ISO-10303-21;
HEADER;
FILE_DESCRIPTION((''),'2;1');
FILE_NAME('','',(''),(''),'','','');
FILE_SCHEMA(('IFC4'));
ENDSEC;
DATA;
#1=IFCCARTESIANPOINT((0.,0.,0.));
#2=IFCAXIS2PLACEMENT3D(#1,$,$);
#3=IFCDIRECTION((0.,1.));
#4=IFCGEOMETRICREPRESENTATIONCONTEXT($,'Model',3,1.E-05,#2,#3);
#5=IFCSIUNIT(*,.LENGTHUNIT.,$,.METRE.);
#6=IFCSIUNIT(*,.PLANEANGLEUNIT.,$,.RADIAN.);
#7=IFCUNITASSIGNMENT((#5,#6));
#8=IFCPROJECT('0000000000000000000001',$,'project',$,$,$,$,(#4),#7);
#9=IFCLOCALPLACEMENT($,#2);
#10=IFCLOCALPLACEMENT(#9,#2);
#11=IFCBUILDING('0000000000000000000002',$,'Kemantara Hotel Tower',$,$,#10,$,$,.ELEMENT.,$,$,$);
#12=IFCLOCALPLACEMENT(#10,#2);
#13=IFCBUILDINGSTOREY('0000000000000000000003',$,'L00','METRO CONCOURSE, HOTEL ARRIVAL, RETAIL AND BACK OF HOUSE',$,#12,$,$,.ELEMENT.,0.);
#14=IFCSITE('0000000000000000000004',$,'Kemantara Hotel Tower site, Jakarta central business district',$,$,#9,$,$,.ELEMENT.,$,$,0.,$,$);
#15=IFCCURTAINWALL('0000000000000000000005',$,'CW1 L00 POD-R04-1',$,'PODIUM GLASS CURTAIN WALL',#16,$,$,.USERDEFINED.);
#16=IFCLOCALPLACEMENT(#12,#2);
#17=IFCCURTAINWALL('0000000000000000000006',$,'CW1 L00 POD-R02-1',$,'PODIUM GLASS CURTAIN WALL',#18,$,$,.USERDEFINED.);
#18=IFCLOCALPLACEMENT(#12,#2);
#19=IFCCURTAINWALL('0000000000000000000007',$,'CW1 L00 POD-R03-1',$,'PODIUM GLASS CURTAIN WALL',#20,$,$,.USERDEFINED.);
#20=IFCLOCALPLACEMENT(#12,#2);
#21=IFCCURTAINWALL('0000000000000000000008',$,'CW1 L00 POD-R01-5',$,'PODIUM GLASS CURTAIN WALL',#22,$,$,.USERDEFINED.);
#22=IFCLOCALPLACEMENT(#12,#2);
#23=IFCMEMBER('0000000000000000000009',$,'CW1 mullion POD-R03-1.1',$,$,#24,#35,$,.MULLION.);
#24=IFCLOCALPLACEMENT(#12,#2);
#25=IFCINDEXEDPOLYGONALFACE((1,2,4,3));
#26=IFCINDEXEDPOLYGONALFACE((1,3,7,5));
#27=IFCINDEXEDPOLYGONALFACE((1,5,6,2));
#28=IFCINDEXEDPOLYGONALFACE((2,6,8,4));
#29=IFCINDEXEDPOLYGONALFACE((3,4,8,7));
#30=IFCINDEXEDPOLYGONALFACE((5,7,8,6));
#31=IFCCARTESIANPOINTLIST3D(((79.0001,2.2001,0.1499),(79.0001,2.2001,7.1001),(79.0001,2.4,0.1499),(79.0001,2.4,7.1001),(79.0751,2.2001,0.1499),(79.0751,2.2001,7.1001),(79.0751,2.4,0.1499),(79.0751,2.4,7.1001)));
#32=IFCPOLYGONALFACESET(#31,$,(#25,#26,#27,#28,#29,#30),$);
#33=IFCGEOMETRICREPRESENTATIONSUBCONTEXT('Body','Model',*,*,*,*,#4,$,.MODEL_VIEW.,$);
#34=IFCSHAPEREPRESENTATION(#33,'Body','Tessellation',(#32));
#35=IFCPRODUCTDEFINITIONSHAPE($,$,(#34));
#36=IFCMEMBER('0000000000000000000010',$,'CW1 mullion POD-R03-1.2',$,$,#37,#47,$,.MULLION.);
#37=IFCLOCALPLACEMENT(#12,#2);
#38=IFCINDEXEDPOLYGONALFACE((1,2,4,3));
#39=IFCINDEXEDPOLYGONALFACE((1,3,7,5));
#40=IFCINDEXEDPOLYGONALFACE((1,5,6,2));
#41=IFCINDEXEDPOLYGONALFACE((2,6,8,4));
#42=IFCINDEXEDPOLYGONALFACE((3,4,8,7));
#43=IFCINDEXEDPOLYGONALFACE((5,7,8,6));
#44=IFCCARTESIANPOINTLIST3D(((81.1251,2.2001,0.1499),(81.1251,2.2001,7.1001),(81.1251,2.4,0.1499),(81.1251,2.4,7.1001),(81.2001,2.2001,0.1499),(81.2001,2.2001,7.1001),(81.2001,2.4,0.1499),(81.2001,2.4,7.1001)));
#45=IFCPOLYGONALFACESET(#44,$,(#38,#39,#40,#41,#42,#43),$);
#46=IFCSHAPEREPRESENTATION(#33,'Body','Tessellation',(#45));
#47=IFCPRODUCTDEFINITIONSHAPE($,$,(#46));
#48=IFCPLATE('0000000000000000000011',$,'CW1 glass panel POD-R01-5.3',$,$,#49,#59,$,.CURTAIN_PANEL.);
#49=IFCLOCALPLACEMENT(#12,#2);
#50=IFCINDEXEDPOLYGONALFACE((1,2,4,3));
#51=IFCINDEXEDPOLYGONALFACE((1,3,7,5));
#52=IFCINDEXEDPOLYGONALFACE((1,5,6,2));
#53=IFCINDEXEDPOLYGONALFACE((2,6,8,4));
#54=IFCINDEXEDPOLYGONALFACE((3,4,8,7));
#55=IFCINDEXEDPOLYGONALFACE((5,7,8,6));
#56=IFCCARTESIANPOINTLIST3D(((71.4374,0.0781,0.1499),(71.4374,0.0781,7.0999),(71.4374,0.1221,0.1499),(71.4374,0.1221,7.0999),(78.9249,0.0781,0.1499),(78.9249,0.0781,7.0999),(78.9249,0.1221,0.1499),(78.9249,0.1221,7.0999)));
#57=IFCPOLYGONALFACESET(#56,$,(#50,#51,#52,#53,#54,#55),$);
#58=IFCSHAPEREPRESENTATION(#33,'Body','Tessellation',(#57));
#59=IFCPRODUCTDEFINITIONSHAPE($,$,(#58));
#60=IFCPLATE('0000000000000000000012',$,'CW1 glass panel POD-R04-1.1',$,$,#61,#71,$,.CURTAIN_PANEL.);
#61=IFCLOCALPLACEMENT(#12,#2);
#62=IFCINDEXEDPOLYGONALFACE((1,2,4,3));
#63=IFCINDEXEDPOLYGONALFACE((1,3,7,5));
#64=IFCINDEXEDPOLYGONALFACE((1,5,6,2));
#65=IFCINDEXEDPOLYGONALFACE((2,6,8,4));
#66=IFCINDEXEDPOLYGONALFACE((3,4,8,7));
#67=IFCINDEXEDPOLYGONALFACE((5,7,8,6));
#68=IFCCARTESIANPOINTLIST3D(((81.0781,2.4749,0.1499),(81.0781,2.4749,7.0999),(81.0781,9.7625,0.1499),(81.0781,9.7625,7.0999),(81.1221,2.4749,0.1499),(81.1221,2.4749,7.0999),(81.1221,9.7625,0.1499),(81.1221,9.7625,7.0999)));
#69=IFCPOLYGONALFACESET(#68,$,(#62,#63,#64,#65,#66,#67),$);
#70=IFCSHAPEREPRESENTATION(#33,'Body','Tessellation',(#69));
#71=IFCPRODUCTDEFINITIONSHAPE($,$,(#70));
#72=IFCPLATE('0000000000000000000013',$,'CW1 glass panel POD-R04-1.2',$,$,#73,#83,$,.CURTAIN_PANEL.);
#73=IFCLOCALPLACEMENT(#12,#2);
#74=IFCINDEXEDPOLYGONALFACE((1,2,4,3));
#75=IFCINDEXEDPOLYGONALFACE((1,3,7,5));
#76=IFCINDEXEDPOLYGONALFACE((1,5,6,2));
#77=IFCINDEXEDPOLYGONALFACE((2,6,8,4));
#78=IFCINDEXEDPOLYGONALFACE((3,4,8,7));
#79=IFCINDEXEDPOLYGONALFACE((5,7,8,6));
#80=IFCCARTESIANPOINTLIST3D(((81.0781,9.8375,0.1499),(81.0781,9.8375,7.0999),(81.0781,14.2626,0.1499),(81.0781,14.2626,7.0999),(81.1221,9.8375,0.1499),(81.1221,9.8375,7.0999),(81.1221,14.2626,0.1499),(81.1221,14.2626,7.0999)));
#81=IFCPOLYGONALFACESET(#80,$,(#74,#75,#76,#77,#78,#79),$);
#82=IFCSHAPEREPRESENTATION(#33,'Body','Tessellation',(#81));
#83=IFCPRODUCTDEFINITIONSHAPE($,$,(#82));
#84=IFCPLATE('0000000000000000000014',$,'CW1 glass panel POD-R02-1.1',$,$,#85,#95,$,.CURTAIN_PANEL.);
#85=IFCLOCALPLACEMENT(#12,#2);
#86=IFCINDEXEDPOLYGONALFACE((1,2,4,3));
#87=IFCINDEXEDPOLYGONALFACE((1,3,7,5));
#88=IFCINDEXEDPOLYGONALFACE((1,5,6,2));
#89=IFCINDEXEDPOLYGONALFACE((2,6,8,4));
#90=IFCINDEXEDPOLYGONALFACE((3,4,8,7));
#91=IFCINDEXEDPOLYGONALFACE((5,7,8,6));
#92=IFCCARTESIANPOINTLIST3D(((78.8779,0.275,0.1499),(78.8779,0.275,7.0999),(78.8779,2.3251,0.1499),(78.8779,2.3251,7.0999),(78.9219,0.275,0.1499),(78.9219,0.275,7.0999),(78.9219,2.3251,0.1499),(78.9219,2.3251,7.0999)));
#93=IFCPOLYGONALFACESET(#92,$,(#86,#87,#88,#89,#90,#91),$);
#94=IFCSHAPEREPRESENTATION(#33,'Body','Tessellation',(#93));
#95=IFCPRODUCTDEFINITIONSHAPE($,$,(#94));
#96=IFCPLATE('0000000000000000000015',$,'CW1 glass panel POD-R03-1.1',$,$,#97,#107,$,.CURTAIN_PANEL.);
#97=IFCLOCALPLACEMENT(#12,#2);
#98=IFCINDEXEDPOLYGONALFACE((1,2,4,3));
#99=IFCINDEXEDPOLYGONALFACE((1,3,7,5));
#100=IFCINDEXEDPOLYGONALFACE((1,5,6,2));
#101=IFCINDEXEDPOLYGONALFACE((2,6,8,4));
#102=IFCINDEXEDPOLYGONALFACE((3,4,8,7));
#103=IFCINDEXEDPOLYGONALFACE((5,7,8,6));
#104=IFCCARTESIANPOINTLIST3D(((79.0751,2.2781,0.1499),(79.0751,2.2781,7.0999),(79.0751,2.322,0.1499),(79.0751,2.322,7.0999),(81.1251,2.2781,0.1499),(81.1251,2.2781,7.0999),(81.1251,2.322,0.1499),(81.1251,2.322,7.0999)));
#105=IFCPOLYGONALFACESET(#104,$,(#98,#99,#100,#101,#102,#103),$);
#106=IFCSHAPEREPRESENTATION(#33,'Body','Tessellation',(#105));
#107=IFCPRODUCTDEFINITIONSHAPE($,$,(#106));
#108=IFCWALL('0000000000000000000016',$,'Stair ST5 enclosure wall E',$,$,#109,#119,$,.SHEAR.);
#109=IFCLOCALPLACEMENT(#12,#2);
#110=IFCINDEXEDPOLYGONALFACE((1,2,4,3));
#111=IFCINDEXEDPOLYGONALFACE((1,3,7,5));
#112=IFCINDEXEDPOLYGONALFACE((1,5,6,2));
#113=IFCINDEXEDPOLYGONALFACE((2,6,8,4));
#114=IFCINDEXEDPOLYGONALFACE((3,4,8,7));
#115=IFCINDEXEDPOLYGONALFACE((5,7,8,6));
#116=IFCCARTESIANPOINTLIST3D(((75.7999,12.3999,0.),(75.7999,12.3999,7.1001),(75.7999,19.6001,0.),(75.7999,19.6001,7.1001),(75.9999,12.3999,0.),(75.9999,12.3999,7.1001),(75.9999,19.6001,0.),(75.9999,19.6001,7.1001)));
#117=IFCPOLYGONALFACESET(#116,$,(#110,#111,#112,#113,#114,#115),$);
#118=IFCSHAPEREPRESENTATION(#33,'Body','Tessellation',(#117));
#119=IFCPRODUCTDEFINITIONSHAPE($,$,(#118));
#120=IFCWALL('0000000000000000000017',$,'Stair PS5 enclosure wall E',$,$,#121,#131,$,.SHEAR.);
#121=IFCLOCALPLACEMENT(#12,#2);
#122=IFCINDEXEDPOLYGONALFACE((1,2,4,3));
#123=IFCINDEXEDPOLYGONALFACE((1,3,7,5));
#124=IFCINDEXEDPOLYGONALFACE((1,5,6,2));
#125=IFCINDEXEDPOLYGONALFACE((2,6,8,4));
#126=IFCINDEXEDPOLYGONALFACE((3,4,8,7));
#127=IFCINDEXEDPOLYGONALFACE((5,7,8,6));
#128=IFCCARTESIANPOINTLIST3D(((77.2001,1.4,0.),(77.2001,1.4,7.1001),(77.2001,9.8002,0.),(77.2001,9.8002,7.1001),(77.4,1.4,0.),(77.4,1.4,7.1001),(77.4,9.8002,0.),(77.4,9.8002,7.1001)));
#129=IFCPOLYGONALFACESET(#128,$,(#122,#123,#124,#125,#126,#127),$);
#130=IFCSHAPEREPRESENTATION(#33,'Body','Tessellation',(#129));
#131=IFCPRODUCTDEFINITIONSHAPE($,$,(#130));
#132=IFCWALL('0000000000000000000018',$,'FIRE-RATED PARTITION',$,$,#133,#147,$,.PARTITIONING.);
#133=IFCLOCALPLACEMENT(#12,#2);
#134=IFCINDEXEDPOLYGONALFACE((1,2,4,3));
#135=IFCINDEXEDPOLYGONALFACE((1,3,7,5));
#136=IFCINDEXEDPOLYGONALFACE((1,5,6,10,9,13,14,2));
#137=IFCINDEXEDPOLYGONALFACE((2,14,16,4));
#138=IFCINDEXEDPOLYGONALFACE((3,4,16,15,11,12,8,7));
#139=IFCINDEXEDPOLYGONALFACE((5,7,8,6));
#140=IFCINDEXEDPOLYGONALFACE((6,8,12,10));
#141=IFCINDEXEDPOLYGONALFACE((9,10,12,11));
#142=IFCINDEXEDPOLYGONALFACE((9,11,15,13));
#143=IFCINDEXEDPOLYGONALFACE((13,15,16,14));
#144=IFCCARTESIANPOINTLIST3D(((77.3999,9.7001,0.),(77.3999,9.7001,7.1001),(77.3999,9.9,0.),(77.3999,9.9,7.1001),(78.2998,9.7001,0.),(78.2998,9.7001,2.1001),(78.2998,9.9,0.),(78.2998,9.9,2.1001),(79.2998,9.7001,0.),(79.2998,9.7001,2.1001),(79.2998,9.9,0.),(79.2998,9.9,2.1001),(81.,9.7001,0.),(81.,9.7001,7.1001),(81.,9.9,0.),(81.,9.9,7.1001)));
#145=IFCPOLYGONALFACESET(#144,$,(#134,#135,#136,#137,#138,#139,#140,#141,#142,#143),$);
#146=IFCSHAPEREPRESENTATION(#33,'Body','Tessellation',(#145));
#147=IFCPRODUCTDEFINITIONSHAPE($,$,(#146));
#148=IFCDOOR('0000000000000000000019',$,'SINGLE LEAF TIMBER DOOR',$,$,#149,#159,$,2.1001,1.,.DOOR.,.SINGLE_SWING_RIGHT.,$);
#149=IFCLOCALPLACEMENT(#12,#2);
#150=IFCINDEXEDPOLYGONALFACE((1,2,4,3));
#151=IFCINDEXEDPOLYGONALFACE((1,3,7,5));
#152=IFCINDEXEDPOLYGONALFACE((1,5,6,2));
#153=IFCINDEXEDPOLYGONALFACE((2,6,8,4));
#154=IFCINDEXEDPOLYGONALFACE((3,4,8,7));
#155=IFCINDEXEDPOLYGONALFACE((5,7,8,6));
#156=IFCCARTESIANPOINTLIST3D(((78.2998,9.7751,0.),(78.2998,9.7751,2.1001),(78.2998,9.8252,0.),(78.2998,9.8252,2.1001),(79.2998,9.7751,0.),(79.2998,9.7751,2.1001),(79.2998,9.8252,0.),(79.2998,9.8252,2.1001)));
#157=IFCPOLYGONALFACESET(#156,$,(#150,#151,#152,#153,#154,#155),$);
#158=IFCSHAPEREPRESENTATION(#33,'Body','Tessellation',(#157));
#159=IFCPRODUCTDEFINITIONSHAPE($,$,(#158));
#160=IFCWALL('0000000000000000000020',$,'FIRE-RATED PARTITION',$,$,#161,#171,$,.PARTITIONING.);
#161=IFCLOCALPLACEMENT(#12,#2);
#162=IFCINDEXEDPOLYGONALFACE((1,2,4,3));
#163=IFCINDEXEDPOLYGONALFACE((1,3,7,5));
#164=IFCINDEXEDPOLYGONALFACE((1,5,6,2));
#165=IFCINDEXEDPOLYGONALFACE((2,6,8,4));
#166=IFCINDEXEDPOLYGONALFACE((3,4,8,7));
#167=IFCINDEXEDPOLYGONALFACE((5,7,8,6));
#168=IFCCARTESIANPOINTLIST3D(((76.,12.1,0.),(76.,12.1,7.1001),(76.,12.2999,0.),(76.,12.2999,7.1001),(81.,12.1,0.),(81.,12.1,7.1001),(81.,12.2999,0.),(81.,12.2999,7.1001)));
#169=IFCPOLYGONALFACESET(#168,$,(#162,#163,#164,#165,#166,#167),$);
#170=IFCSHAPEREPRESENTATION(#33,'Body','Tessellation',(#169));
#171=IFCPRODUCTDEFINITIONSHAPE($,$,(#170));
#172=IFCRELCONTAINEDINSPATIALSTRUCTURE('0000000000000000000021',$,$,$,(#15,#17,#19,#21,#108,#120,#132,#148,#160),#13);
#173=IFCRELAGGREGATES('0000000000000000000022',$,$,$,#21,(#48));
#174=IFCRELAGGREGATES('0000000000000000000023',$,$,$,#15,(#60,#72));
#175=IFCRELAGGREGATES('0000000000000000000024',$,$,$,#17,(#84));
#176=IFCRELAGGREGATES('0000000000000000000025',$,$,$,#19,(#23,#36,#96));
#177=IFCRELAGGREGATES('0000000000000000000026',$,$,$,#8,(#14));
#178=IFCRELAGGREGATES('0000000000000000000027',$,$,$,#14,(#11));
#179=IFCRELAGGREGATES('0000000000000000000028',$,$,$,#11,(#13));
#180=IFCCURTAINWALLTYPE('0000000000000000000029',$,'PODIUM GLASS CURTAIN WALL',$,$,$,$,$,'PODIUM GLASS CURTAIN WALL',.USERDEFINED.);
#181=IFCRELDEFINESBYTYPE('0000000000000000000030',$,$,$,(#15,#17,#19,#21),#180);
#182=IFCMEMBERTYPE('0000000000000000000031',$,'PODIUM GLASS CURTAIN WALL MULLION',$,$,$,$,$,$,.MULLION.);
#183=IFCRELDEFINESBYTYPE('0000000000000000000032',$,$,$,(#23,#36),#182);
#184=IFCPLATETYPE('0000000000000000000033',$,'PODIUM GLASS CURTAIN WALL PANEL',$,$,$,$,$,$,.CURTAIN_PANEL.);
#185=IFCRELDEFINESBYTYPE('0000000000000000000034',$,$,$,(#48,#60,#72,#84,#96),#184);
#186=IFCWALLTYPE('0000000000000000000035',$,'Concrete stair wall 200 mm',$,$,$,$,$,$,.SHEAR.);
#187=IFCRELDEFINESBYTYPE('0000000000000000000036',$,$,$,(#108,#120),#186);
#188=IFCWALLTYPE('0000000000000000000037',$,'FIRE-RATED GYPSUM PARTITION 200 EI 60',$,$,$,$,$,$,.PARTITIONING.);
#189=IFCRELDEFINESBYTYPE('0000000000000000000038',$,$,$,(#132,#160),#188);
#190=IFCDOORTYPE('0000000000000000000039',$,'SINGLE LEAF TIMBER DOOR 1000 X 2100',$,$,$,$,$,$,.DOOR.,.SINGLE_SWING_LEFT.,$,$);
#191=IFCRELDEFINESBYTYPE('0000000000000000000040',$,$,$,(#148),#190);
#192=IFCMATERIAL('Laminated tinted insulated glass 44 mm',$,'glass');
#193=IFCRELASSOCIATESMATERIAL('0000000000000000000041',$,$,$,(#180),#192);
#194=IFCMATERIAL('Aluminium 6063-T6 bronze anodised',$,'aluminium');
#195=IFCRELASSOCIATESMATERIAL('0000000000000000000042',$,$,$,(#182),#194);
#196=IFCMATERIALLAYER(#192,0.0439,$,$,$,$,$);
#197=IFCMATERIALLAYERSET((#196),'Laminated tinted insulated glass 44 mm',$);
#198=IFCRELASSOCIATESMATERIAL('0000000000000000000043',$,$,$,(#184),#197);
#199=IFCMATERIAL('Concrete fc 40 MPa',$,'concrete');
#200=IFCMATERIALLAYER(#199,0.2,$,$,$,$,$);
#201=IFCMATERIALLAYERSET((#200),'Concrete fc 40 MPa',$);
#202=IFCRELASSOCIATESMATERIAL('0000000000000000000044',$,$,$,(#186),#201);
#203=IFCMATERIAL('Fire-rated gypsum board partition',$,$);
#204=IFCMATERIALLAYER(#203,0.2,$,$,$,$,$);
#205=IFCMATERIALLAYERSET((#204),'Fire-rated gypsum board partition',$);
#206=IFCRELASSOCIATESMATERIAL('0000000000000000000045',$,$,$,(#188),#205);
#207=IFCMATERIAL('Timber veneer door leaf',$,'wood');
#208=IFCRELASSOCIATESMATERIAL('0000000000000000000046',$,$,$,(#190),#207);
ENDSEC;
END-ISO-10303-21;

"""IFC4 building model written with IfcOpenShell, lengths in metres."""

from ifc_helpers import new_model, si_unit, direction, frame, frame_2d, origin, origin_2d, place, context, subcontext, project, spatial, rectangle, extrude, source, transform, mapped, material, layer, layer_set, material_profile, profile_set, type_object, element, fill, aggregate, save


model = new_model("IFC4")

# Units and contexts
model_context = context("Model", 3, precision=1e-05, world=origin(), true_north=direction((0.0, 1.0)))
body_context = subcontext(model_context, "Body", "Model", "MODEL_VIEW")
ifc_project = project(units=[si_unit("LENGTHUNIT", "METRE"), si_unit("PLANEANGLEUNIT", "RADIAN")], contexts=[model_context])

# Site, building, storey
site_placement = place(None, origin())
site = spatial("IfcSite", under=ifc_project, at=site_placement, Name="Kemantara Hotel Tower site, Jakarta central business district", CompositionType="ELEMENT", RefElevation=0.0)
building_placement = place(site_placement, origin())
building = spatial("IfcBuilding", under=site, at=building_placement, Name="Kemantara Hotel Tower", CompositionType="ELEMENT")
storey_placement = place(building_placement, origin())
storey = spatial("IfcBuildingStorey", under=building, at=storey_placement, Name="L00", Description="METRO CONCOURSE, HOTEL ARRIVAL, RETAIL AND BACK OF HOUSE", CompositionType="ELEMENT", Elevation=0.0)

# Curtain walls
ifc_material_1 = material(Name="Laminated tinted insulated glass 44 mm", Category="glass")
curtain_wall_type = type_object("IfcCurtainWallType", Name="PODIUM GLASS CURTAIN WALL", ElementType="PODIUM GLASS CURTAIN WALL", PredefinedType="USERDEFINED", material=ifc_material_1)
curtain_wall_1_placement = place(storey_placement, origin())
curtain_wall_1 = element("IfcCurtainWall", 1, at=curtain_wall_1_placement, inside=storey, type_object=curtain_wall_type, Name="CW1 L00 POD-R04-1", ObjectType="PODIUM GLASS CURTAIN WALL", PredefinedType="USERDEFINED")
ifc_material_2 = material(Name="Aluminium 6063-T6 bronze anodised", Category="aluminium")
curtain_wall_2_placement = place(storey_placement, origin())
curtain_wall_2 = element("IfcCurtainWall", 2, at=curtain_wall_2_placement, inside=storey, type_object=curtain_wall_type, Name="CW1 L00 POD-R02-1", ObjectType="PODIUM GLASS CURTAIN WALL", PredefinedType="USERDEFINED")
curtain_wall_3_placement = place(storey_placement, origin())
curtain_wall_3 = element("IfcCurtainWall", 3, at=curtain_wall_3_placement, inside=storey, type_object=curtain_wall_type, Name="CW1 L00 POD-R03-1", ObjectType="PODIUM GLASS CURTAIN WALL", PredefinedType="USERDEFINED")
curtain_wall_4_placement = place(storey_placement, origin())
curtain_wall_4 = element("IfcCurtainWall", 4, at=curtain_wall_4_placement, inside=storey, type_object=curtain_wall_type, Name="CW1 L00 POD-R01-5", ObjectType="PODIUM GLASS CURTAIN WALL", PredefinedType="USERDEFINED")
ifc_material_profile_1 = material_profile(ifc_material_2, rectangle(XDim=0.2, YDim=0.075, at=origin_2d()), Name="PODIUM GLASS CURTAIN WALL MULLION")
ifc_profile_set_1 = profile_set([ifc_material_profile_1], Name="Aluminium 6063-T6 bronze anodised")
member_type_1 = type_object("IfcMemberType", Name="PODIUM GLASS CURTAIN WALL MULLION", PredefinedType="MULLION", material=ifc_profile_set_1)
shared_shape_1 = source(origin(), body_context, "Body", "SweptSolid", [
    extrude(rectangle(XDim=0.2, YDim=0.075, at=origin_2d()), origin(), (0.0, 0.0, 1.0), 6.9502),
])

# Members
member_1_placement = place(storey_placement, frame((79.0376, 2.3, 0.1499), z_axis=(0.0, 0.0, 1.0), x_axis=(0.0, 1.0, 0.0)))
member_1 = element("IfcMember", 5, at=member_1_placement, type_object=member_type_1, Name="CW1 mullion POD-R03-1.1", PredefinedType="MULLION", context=body_context, shape_type="MappedRepresentation", body=[
    mapped(shared_shape_1, transform((0.0, 0.0, 0.0))),
])
member_2_placement = place(storey_placement, frame((81.1626, 2.3, 0.1499), z_axis=(0.0, 0.0, 1.0), x_axis=(0.0, 1.0, 0.0)))
member_2 = element("IfcMember", 6, at=member_2_placement, type_object=member_type_1, Name="CW1 mullion POD-R03-1.2", PredefinedType="MULLION", context=body_context, shape_type="MappedRepresentation", body=[
    mapped(shared_shape_1, transform((0.0, 0.0, 0.0))),
])

# Plates
ifc_layer_1 = layer(ifc_material_1, 0.0439)
ifc_layer_set_1 = layer_set([ifc_layer_1], Name="Laminated tinted insulated glass 44 mm")
plate_type = type_object("IfcPlateType", Name="PODIUM GLASS CURTAIN WALL PANEL", PredefinedType="CURTAIN_PANEL", material=ifc_layer_set_1)
shared_shape_2 = source(origin(), body_context, "Body", "SweptSolid", [
    extrude(rectangle(XDim=7.4875, YDim=0.0439, at=origin_2d()), origin(), (0.0, 0.0, 1.0), 6.95),
])
plate_1_placement = place(storey_placement, frame((75.1812, 0.1001, 0.1499), z_axis=(0.0, 0.0, 1.0), x_axis=(1.0, 0.0, 0.0)))
plate_1 = element("IfcPlate", 7, at=plate_1_placement, type_object=plate_type, Name="CW1 glass panel POD-R01-5.3", PredefinedType="CURTAIN_PANEL", context=body_context, shape_type="MappedRepresentation", body=[
    mapped(shared_shape_2, transform((0.0, 0.0, 0.0))),
])
aggregate(curtain_wall_4, [plate_1])
shared_shape_3 = source(origin(), body_context, "Body", "SweptSolid", [
    extrude(rectangle(XDim=7.2876, YDim=0.0439, at=origin_2d()), origin(), (0.0, 0.0, 1.0), 6.95),
])
plate_2_placement = place(storey_placement, frame((81.1001, 6.1187, 0.1499), z_axis=(0.0, 0.0, 1.0), x_axis=(0.0, 1.0, 0.0)))
plate_2 = element("IfcPlate", 8, at=plate_2_placement, type_object=plate_type, Name="CW1 glass panel POD-R04-1.1", PredefinedType="CURTAIN_PANEL", context=body_context, shape_type="MappedRepresentation", body=[
    mapped(shared_shape_3, transform((0.0, 0.0, 0.0))),
])
shared_shape_4 = source(origin(), body_context, "Body", "SweptSolid", [
    extrude(rectangle(XDim=4.425, YDim=0.0439, at=origin_2d()), origin(), (0.0, 0.0, 1.0), 6.95),
])
plate_3_placement = place(storey_placement, frame((81.1001, 12.05, 0.1499), z_axis=(0.0, 0.0, 1.0), x_axis=(0.0, 1.0, 0.0)))
plate_3 = element("IfcPlate", 9, at=plate_3_placement, type_object=plate_type, Name="CW1 glass panel POD-R04-1.2", PredefinedType="CURTAIN_PANEL", context=body_context, shape_type="MappedRepresentation", body=[
    mapped(shared_shape_4, transform((0.0, 0.0, 0.0))),
])
aggregate(curtain_wall_1, [plate_2, plate_3])
shared_shape_5 = source(origin(), body_context, "Body", "SweptSolid", [
    extrude(rectangle(XDim=2.05, YDim=0.0439, at=origin_2d()), origin(), (0.0, 0.0, 1.0), 6.95),
])
plate_4_placement = place(storey_placement, frame((78.8999, 1.3, 0.1499), z_axis=(0.0, 0.0, 1.0), x_axis=(0.0, 1.0, 0.0)))
plate_4 = element("IfcPlate", 10, at=plate_4_placement, type_object=plate_type, Name="CW1 glass panel POD-R02-1.1", PredefinedType="CURTAIN_PANEL", context=body_context, shape_type="MappedRepresentation", body=[
    mapped(shared_shape_5, transform((0.0, 0.0, 0.0))),
])
aggregate(curtain_wall_2, [plate_4])
plate_5_placement = place(storey_placement, frame((80.1001, 2.3, 0.1499), z_axis=(0.0, 0.0, 1.0), x_axis=(1.0, 0.0, 0.0)))
plate_5 = element("IfcPlate", 11, at=plate_5_placement, type_object=plate_type, Name="CW1 glass panel POD-R03-1.1", PredefinedType="CURTAIN_PANEL", context=body_context, shape_type="MappedRepresentation", body=[
    mapped(shared_shape_5, transform((0.0, 0.0, 0.0))),
])
aggregate(curtain_wall_3, [member_1, member_2, plate_5])

# Walls
ifc_material_3 = material(Name="Concrete fc 40 MPa", Category="concrete")
ifc_layer_2 = layer(ifc_material_3, 0.2)
ifc_layer_set_2 = layer_set([ifc_layer_2], Name="Concrete fc 40 MPa")
wall_type_1 = type_object("IfcWallType", Name="Concrete stair wall 200 mm", PredefinedType="SHEAR", material=ifc_layer_set_2)
wall_1_placement = place(storey_placement, frame((75.8999, 12.3999, 0.0), z_axis=(0.0, 0.0, 1.0), x_axis=(0.0, 1.0, 0.0)))
element("IfcWall", 12, at=wall_1_placement, inside=storey, type_object=wall_type_1, Name="Stair ST5 enclosure wall E", PredefinedType="SHEAR", context=body_context, shape_type="SweptSolid", body=[
    extrude(rectangle(XDim=7.2002, YDim=0.2, at=frame_2d((3.6001, 0.0))), origin(), (0.0, 0.0, 1.0), 7.1001),
])
wall_2_placement = place(storey_placement, frame((77.3, 1.3999, 0.0), z_axis=(0.0, 0.0, 1.0), x_axis=(0.0, 1.0, 0.0)))
element("IfcWall", 13, at=wall_2_placement, inside=storey, type_object=wall_type_1, Name="Stair PS5 enclosure wall E", PredefinedType="SHEAR", context=body_context, shape_type="SweptSolid", body=[
    extrude(rectangle(XDim=8.4001, YDim=0.2, at=frame_2d((4.2002, 0.0))), origin(), (0.0, 0.0, 1.0), 7.1001),
])

# Wall, opening, door
ifc_material_4 = material(Name="Fire-rated gypsum board partition")
ifc_layer_3 = layer(ifc_material_4, 0.2)
ifc_layer_set_3 = layer_set([ifc_layer_3], Name="Fire-rated gypsum board partition")
wall_type_2 = type_object("IfcWallType", Name="FIRE-RATED GYPSUM PARTITION 200 EI 60", PredefinedType="PARTITIONING", material=ifc_layer_set_3)
wall_3_placement = place(storey_placement, frame((77.3999, 9.8, 0.0), z_axis=(0.0, 0.0, 1.0), x_axis=(1.0, 0.0, 0.0)))
wall_3 = element("IfcWall", 14, at=wall_3_placement, inside=storey, type_object=wall_type_2, Name="FIRE-RATED PARTITION", PredefinedType="PARTITIONING", context=body_context, shape_type="SweptSolid", body=[
    extrude(rectangle(XDim=3.6001, YDim=0.2, at=frame_2d((1.8, 0.0))), origin(), (0.0, 0.0, 1.0), 7.1001),
])
opening_placement = place(wall_3_placement, frame((0.8999, 0.0, 0.0)))
opening = element("IfcOpeningElement", 15, at=opening_placement, cuts=wall_3, PredefinedType="OPENING", context=body_context, shape_type="SweptSolid", body=[
    extrude(rectangle(XDim=1.0, YDim=2.1001, at=frame_2d((0.5, 1.05))), frame((0.0, 0.1099, 0.0), z_axis=(0.0, -1.0, 0.0), x_axis=(1.0, 0.0, 0.0)), (0.0, 0.0, 1.0), 0.22),
])
ifc_material_5 = material(Name="Timber veneer door leaf", Category="wood")
door_type = type_object("IfcDoorType", Name="SINGLE LEAF TIMBER DOOR 1000 X 2100", OperationType="SINGLE_SWING_LEFT", PredefinedType="DOOR", material=ifc_material_5)
door_placement = place(opening_placement, frame((1.0, 0.0, 0.0), z_axis=(0.0, 0.0, 1.0), x_axis=(-1.0, 0.0, 0.0)))
door = element("IfcDoor", 16, at=door_placement, inside=storey, type_object=door_type, Name="SINGLE LEAF TIMBER DOOR", OperationType="SINGLE_SWING_RIGHT", OverallHeight=2.1001, OverallWidth=1.0, PredefinedType="DOOR", context=body_context, shape_type="SweptSolid", body=[
    extrude(rectangle(XDim=1.0, YDim=2.1001, at=frame_2d((0.5, 1.05))), frame((0.0, 0.0249, 0.0), z_axis=(0.0, -1.0, 0.0), x_axis=(1.0, 0.0, 0.0)), (0.0, 0.0, 1.0), 0.05),
])
fill(opening, door)

# Wall
wall_4_placement = place(storey_placement, frame((76.0, 12.2, 0.0), z_axis=(0.0, 0.0, 1.0), x_axis=(1.0, 0.0, 0.0)))
element("IfcWall", 17, at=wall_4_placement, inside=storey, type_object=wall_type_2, Name="FIRE-RATED PARTITION", PredefinedType="PARTITIONING", context=body_context, shape_type="SweptSolid", body=[
    extrude(rectangle(XDim=5.0, YDim=0.2, at=frame_2d((2.5, 0.0))), origin(), (0.0, 0.0, 1.0), 7.1001),
])

save(model, "model.ifc")
